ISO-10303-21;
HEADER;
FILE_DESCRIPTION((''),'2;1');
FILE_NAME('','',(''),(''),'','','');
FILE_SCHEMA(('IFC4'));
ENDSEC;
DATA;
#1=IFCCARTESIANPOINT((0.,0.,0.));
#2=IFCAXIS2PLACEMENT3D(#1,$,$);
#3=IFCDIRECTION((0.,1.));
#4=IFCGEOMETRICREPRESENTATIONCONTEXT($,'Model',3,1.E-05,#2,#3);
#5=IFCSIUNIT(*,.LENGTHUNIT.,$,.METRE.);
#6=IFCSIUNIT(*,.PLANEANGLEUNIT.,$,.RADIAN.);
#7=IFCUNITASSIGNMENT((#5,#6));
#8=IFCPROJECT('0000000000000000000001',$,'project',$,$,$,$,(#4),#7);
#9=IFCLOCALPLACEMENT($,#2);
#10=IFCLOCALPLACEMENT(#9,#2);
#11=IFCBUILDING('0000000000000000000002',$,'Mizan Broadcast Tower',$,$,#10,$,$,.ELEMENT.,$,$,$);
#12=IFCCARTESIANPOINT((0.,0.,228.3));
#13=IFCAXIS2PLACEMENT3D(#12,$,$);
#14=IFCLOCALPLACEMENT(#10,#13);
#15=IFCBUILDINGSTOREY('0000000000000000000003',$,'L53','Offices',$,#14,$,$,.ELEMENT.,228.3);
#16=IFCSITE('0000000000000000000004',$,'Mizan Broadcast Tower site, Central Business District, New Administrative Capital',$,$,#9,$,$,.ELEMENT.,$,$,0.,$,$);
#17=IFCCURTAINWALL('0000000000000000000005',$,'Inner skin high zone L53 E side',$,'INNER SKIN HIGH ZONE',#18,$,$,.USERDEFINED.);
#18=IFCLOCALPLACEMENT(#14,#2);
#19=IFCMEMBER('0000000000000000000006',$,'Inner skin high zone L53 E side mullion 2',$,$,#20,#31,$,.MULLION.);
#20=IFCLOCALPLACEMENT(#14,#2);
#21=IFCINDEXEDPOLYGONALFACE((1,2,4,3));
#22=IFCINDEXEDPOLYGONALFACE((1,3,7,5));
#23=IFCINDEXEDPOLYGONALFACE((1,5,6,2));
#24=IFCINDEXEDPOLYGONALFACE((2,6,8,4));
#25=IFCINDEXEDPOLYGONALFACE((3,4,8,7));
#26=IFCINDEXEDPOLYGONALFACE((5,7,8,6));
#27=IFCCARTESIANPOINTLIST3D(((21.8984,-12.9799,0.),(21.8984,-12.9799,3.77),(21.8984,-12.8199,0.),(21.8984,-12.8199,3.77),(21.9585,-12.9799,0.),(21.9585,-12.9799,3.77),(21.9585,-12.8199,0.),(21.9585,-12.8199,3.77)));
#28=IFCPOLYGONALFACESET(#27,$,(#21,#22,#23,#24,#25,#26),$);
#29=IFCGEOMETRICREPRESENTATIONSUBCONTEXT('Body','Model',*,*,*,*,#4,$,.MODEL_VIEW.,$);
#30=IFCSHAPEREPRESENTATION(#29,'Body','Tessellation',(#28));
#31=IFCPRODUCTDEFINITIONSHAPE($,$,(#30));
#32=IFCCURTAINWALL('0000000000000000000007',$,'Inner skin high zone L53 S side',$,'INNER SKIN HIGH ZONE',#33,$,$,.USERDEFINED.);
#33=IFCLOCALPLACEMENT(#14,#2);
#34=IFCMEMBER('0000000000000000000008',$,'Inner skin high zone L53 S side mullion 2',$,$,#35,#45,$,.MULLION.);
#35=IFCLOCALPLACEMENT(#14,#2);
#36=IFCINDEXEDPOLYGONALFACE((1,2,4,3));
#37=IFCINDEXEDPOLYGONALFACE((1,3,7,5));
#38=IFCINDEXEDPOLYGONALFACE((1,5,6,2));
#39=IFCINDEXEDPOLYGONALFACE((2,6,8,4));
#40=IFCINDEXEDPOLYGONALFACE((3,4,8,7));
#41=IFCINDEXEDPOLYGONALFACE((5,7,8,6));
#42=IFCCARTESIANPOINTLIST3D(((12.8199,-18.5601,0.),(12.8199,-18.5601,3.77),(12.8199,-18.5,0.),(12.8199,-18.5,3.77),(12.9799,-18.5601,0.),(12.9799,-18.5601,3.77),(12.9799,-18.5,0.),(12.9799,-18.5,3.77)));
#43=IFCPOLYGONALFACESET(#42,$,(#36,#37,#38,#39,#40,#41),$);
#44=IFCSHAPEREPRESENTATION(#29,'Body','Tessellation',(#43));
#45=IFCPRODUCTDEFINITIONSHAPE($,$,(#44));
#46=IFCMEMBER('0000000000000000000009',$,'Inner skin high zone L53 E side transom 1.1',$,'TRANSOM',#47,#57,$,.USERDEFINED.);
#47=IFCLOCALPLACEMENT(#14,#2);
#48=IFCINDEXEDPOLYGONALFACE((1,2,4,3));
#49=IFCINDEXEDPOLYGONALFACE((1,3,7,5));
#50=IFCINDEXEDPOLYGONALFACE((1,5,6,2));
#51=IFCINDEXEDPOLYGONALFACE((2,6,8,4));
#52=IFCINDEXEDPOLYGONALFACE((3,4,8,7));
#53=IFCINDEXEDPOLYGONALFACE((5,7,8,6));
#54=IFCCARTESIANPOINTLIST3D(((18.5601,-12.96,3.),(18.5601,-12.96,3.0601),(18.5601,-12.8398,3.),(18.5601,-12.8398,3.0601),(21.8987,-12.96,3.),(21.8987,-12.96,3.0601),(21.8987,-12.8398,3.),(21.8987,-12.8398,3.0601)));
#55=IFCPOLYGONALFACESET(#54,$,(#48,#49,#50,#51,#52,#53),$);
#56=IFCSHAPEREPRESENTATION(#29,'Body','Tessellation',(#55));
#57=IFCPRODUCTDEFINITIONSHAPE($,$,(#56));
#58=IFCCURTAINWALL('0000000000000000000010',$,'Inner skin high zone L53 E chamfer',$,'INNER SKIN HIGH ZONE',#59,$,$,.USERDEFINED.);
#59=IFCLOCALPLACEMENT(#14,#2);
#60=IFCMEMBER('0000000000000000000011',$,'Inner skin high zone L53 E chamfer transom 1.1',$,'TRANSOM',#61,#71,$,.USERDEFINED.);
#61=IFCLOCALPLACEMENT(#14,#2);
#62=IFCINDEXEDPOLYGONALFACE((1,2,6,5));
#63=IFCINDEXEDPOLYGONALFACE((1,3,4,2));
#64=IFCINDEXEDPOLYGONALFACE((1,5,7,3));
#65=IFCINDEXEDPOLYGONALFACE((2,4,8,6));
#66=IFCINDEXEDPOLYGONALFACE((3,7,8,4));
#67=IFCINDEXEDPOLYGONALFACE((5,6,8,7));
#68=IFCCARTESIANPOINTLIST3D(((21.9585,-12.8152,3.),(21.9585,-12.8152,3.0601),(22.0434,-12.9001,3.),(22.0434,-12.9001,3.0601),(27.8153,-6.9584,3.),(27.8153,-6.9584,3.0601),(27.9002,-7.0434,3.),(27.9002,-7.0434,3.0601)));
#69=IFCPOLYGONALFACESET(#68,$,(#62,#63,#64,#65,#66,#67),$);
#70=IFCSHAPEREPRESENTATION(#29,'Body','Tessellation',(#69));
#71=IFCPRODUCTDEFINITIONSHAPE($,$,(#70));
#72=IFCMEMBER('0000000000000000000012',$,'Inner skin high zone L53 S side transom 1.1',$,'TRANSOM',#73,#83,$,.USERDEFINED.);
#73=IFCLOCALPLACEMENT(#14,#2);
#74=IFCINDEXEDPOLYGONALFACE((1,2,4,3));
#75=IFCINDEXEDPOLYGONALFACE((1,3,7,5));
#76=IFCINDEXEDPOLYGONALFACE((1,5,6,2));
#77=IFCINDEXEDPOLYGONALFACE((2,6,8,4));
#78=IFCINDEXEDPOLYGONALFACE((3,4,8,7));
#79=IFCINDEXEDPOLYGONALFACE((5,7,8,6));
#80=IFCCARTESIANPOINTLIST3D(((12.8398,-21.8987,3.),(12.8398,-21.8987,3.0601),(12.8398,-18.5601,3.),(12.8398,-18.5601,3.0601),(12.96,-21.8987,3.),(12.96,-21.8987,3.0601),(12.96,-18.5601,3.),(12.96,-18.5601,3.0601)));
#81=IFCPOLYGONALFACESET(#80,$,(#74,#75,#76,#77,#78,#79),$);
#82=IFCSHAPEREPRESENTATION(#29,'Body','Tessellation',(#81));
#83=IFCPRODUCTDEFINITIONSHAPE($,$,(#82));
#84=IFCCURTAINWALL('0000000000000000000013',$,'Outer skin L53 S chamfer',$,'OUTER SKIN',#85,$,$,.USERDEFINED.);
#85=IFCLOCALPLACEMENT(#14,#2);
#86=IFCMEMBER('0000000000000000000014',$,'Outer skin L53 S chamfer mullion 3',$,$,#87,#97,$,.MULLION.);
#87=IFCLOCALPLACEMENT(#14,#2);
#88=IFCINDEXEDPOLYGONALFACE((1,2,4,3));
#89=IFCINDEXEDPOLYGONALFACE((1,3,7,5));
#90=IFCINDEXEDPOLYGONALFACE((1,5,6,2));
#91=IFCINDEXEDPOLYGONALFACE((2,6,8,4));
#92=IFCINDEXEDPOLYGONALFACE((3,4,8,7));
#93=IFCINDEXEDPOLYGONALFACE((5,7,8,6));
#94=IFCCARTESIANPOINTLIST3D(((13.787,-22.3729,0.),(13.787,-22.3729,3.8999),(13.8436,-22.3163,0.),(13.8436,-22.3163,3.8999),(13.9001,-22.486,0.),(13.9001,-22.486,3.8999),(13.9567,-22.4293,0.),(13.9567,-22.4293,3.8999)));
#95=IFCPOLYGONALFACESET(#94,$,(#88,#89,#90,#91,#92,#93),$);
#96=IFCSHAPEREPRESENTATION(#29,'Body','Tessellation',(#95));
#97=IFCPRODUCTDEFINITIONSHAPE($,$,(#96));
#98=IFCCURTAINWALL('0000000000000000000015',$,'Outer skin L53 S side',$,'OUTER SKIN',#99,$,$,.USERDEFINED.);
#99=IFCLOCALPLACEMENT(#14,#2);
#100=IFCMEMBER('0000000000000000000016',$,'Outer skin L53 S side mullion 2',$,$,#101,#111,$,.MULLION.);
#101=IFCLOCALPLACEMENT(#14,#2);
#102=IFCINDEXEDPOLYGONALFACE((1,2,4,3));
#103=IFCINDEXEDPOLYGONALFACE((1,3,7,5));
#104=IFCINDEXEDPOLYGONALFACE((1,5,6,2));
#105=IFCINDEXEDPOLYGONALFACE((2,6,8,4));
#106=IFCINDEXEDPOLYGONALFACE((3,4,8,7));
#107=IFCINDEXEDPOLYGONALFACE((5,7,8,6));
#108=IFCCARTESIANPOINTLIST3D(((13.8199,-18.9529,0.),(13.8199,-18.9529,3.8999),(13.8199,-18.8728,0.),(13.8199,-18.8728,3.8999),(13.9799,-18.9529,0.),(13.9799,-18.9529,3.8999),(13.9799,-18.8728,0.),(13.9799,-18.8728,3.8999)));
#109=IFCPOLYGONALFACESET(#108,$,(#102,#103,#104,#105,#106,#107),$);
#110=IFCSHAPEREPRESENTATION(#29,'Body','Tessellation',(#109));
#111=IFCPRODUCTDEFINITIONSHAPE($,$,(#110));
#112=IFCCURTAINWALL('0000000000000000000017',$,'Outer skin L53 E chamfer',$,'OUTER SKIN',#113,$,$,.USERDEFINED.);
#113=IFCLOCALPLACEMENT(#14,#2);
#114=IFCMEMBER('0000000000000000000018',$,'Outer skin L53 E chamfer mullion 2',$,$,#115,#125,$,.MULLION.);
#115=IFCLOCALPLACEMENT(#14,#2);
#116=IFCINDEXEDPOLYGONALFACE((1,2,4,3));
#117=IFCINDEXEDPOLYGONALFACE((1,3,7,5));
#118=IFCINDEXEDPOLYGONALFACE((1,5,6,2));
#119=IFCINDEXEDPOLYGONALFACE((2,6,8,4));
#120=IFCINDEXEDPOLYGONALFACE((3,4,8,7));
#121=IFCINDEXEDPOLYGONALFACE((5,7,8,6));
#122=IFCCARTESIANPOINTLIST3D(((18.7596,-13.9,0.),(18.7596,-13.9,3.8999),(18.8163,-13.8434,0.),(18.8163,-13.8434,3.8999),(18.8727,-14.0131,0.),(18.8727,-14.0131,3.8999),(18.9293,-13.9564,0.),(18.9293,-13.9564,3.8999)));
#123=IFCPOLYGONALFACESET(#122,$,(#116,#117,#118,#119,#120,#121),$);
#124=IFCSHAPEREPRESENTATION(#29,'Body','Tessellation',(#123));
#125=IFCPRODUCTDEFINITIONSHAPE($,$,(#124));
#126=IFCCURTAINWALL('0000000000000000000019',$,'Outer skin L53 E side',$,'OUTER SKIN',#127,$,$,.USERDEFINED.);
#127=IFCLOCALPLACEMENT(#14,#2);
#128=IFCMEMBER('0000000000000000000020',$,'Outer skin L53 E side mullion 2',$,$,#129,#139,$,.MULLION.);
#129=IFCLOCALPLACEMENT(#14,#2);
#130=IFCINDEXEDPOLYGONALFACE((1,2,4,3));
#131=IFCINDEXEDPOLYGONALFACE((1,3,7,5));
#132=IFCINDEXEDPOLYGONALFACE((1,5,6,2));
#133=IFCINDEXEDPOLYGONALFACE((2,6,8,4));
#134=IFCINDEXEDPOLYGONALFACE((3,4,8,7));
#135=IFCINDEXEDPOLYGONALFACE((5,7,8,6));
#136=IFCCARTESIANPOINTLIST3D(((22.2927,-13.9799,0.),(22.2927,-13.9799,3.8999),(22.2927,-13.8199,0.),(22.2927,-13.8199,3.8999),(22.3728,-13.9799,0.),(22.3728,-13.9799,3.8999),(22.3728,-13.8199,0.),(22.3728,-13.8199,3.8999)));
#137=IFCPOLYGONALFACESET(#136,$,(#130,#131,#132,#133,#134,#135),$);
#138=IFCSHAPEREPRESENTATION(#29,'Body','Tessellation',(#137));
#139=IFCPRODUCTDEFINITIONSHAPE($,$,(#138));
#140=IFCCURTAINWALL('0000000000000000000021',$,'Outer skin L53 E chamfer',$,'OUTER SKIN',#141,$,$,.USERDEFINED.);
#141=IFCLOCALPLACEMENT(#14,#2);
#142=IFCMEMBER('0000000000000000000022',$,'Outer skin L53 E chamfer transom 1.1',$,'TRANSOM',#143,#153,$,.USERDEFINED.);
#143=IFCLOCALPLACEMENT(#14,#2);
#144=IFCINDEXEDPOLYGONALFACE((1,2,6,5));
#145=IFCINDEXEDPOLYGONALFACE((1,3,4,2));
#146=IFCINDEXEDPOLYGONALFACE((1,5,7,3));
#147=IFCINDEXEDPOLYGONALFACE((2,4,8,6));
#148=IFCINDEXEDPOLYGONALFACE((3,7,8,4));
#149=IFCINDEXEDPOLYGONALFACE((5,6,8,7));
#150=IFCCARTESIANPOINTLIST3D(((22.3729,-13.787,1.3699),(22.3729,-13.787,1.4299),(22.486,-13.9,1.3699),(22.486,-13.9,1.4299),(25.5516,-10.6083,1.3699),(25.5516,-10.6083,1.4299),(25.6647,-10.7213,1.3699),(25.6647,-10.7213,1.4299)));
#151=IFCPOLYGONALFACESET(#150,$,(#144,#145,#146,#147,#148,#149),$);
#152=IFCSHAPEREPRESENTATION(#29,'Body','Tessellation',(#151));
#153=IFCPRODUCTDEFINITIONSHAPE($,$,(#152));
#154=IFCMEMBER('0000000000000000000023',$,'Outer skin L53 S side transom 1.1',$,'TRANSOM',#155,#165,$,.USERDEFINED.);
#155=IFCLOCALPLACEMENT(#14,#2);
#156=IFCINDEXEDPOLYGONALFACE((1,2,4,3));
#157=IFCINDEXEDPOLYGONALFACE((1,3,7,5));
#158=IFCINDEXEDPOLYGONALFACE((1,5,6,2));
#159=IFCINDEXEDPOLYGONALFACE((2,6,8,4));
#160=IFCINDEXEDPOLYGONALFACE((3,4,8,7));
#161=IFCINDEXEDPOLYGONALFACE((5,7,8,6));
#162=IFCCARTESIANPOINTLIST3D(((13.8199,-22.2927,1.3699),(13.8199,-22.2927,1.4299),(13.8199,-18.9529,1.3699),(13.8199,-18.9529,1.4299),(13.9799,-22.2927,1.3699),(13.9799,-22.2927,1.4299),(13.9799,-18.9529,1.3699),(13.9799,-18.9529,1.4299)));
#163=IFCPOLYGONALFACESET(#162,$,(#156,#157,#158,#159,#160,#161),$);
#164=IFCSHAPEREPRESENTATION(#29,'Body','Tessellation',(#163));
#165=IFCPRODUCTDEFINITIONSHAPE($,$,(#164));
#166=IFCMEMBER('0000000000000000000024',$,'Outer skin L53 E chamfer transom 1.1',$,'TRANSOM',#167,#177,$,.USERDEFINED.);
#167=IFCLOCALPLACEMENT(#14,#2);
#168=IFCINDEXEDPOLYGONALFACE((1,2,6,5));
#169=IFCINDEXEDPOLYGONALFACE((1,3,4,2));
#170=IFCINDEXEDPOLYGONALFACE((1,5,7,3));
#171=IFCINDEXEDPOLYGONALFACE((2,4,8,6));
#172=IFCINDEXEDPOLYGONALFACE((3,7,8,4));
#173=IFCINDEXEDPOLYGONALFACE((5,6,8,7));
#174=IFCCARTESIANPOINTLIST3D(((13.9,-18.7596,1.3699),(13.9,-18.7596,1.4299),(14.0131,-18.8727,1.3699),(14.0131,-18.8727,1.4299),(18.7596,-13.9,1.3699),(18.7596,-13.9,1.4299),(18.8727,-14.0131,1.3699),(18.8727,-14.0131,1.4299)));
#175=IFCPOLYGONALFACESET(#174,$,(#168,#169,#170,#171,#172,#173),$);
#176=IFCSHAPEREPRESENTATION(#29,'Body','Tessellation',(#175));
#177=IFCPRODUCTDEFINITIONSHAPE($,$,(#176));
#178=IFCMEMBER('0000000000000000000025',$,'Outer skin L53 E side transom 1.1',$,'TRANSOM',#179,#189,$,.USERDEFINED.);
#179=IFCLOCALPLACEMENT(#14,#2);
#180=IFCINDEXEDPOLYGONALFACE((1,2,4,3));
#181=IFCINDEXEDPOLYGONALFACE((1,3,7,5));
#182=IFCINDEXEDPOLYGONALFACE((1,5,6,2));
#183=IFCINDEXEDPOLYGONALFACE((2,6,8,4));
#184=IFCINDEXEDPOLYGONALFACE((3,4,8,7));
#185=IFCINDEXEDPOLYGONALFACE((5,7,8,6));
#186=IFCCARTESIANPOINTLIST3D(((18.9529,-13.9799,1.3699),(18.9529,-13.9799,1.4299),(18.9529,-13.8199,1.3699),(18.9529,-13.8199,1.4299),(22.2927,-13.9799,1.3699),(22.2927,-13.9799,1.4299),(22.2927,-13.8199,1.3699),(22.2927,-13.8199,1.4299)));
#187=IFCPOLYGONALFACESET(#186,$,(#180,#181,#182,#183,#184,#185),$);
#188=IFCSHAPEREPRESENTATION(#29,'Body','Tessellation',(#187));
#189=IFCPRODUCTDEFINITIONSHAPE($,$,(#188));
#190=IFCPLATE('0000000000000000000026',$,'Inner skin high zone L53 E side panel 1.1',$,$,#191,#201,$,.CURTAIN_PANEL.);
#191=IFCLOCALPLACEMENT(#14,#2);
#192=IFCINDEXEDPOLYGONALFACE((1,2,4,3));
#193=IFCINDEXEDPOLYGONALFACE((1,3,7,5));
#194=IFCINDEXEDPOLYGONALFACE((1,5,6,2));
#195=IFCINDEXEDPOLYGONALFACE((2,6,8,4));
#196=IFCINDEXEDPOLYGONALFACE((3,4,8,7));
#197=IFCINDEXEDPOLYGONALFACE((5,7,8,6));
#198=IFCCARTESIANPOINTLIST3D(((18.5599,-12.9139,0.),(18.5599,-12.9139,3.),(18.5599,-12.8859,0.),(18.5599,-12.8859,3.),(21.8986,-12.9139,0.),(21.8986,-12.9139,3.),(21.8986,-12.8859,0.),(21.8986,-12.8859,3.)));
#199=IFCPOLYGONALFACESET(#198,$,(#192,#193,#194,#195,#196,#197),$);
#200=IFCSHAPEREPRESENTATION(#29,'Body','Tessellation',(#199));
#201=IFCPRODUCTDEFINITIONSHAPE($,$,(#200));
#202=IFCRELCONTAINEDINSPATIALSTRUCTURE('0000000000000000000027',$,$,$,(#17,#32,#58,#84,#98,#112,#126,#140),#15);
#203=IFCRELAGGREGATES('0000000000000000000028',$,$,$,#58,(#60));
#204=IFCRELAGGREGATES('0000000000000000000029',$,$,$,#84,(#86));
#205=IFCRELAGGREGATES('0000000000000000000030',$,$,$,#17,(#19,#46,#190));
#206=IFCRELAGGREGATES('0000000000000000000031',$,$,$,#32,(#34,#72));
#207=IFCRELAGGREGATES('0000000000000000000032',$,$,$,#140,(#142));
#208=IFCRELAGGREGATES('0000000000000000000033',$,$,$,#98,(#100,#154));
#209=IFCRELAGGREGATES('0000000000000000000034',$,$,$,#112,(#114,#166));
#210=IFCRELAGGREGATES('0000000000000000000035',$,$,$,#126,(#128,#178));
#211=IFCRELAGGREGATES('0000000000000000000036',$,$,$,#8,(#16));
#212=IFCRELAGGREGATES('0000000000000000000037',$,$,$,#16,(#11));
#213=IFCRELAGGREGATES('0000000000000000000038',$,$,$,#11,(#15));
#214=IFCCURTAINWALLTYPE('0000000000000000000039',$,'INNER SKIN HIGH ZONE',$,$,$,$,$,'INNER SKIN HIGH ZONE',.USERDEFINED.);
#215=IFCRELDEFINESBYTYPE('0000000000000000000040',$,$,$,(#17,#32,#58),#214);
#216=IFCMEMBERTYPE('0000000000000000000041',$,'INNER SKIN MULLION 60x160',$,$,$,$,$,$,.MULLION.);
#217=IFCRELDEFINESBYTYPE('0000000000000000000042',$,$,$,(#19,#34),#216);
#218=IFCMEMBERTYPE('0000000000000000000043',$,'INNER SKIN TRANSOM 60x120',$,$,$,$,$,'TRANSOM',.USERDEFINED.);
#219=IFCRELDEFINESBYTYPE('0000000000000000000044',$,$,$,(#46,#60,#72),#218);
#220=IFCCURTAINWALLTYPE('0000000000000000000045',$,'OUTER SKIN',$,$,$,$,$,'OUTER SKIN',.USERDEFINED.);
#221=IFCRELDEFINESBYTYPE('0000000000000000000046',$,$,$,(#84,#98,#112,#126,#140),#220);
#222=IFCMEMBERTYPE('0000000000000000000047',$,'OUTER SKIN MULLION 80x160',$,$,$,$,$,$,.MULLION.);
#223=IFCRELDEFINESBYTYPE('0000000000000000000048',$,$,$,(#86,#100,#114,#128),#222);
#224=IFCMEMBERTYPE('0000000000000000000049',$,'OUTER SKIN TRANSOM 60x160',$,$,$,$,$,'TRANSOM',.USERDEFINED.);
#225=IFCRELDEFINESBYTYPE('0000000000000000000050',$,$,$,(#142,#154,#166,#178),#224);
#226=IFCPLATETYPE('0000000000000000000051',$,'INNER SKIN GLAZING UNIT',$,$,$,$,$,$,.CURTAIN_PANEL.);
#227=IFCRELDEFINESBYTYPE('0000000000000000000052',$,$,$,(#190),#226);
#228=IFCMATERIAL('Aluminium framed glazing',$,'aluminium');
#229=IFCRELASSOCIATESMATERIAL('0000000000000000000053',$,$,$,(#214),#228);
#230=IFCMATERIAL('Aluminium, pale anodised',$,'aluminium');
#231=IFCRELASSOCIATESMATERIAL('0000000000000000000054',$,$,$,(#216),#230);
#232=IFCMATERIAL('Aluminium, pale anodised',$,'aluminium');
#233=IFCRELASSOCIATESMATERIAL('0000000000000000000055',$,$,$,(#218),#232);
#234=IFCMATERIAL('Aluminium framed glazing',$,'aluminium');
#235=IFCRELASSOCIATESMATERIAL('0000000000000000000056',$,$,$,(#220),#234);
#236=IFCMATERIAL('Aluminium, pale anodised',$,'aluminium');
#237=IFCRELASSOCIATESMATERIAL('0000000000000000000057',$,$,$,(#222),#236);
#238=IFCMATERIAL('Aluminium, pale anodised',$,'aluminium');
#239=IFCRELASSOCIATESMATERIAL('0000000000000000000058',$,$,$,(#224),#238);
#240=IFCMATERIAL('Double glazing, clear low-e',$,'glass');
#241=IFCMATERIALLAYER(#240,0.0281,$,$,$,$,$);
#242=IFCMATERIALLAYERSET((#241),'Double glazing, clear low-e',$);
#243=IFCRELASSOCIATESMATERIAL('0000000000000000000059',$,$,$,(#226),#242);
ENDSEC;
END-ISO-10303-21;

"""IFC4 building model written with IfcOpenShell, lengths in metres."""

from ifc_helpers import new_model, si_unit, direction, frame, origin, origin_2d, place, context, subcontext, project, spatial, rectangle, extrude, material, layer, layer_set, material_profile, profile_set, type_object, element, aggregate, save


model = new_model("IFC4")

# Units and contexts
model_context = context("Model", 3, precision=1e-05, world=origin(), true_north=direction((0.0, 1.0)))
body_context = subcontext(model_context, "Body", "Model", "MODEL_VIEW")
ifc_project = project(units=[si_unit("LENGTHUNIT", "METRE"), si_unit("PLANEANGLEUNIT", "RADIAN")], contexts=[model_context])

# Site, building, storey
site_placement = place(None, origin())
site = spatial("IfcSite", under=ifc_project, at=site_placement, Name="Mizan Broadcast Tower site, Central Business District, New Administrative Capital", CompositionType="ELEMENT", RefElevation=0.0)
building_placement = place(site_placement, origin())
building = spatial("IfcBuilding", under=site, at=building_placement, Name="Mizan Broadcast Tower", CompositionType="ELEMENT")
storey_placement = place(building_placement, frame((0.0, 0.0, 228.3)))
storey = spatial("IfcBuildingStorey", under=building, at=storey_placement, Name="L53", Description="Offices", CompositionType="ELEMENT", Elevation=228.3)

# Curtain walls, members
ifc_material_1 = material(Name="Aluminium framed glazing", Category="aluminium")
curtain_wall_type_1 = type_object("IfcCurtainWallType", Name="INNER SKIN HIGH ZONE", ElementType="INNER SKIN HIGH ZONE", PredefinedType="USERDEFINED", material=ifc_material_1)
curtain_wall_1_placement = place(storey_placement, origin())
curtain_wall_1 = element("IfcCurtainWall", 1, at=curtain_wall_1_placement, inside=storey, type_object=curtain_wall_type_1, Name="Inner skin high zone L53 E side", ObjectType="INNER SKIN HIGH ZONE", PredefinedType="USERDEFINED")
ifc_material_2 = material(Name="Aluminium, pale anodised", Category="aluminium")
ifc_material_profile_1 = material_profile(ifc_material_2, rectangle(XDim=0.1599, YDim=0.0601, at=origin_2d()), Name="MULLION 160x60")
ifc_profile_set_1 = profile_set([ifc_material_profile_1], Name="Aluminium, pale anodised")
member_type_1 = type_object("IfcMemberType", Name="INNER SKIN MULLION 60x160", PredefinedType="MULLION", material=ifc_profile_set_1)
member_1_placement = place(storey_placement, frame((21.9285, -12.8999, 0.0), z_axis=(0.0, 0.0, 1.0), x_axis=(0.0, 1.0, 0.0)))
member_1 = element("IfcMember", 2, at=member_1_placement, type_object=member_type_1, Name="Inner skin high zone L53 E side mullion 2", PredefinedType="MULLION", context=body_context, shape_type="SweptSolid", body=[
    extrude(rectangle(XDim=0.1599, YDim=0.0601, at=origin_2d()), origin(), (0.0, 0.0, 1.0), 3.77),
])
curtain_wall_2_placement = place(storey_placement, origin())
curtain_wall_2 = element("IfcCurtainWall", 3, at=curtain_wall_2_placement, inside=storey, type_object=curtain_wall_type_1, Name="Inner skin high zone L53 S side", ObjectType="INNER SKIN HIGH ZONE", PredefinedType="USERDEFINED")
member_2_placement = place(storey_placement, frame((12.8999, -18.53, 0.0), z_axis=(0.0, 0.0, 1.0), x_axis=(-1.0, 0.0, 0.0)))
member_2 = element("IfcMember", 4, at=member_2_placement, type_object=member_type_1, Name="Inner skin high zone L53 S side mullion 2", PredefinedType="MULLION", context=body_context, shape_type="SweptSolid", body=[
    extrude(rectangle(XDim=0.1599, YDim=0.0601, at=origin_2d()), origin(), (0.0, 0.0, 1.0), 3.77),
])

# Member
ifc_material_3 = material(Name="Aluminium, pale anodised", Category="aluminium")
ifc_material_profile_2 = material_profile(ifc_material_3, rectangle(XDim=0.1201, YDim=0.0601, at=origin_2d()), Name="TRANSOM 120x60")
ifc_profile_set_2 = profile_set([ifc_material_profile_2], Name="Aluminium, pale anodised")
member_type_2 = type_object("IfcMemberType", Name="INNER SKIN TRANSOM 60x120", ElementType="TRANSOM", PredefinedType="USERDEFINED", material=ifc_profile_set_2)
member_3_placement = place(storey_placement, frame((18.5601, -12.8999, 3.03), z_axis=(1.0, 0.0, 0.0), x_axis=(0.0, 1.0, 0.0)))
member_3 = element("IfcMember", 5, at=member_3_placement, type_object=member_type_2, Name="Inner skin high zone L53 E side transom 1.1", ObjectType="TRANSOM", PredefinedType="USERDEFINED", context=body_context, shape_type="SweptSolid", body=[
    extrude(rectangle(XDim=0.1201, YDim=0.0601, at=origin_2d()), origin(), (0.0, 0.0, 1.0), 3.3386),
])

# Curtain wall, member
curtain_wall_3_placement = place(storey_placement, origin())
curtain_wall_3 = element("IfcCurtainWall", 6, at=curtain_wall_3_placement, inside=storey, type_object=curtain_wall_type_1, Name="Inner skin high zone L53 E chamfer", ObjectType="INNER SKIN HIGH ZONE", PredefinedType="USERDEFINED")
member_4_placement = place(storey_placement, frame((22.001, -12.8577, 3.03), z_axis=(0.707107, 0.707107, 0.0), x_axis=(-0.707107, 0.707107, 0.0)))
member_4 = element("IfcMember", 7, at=member_4_placement, type_object=member_type_2, Name="Inner skin high zone L53 E chamfer transom 1.1", ObjectType="TRANSOM", PredefinedType="USERDEFINED", context=body_context, shape_type="SweptSolid", body=[
    extrude(rectangle(XDim=0.1201, YDim=0.0601, at=origin_2d()), origin(), (0.0, 0.0, 1.0), 8.2827),
])
aggregate(curtain_wall_3, [member_4])

# Member
member_5_placement = place(storey_placement, frame((12.8999, -21.8987, 3.03), z_axis=(0.0, 1.0, 0.0), x_axis=(-1.0, 0.0, 0.0)))
member_5 = element("IfcMember", 8, at=member_5_placement, type_object=member_type_2, Name="Inner skin high zone L53 S side transom 1.1", ObjectType="TRANSOM", PredefinedType="USERDEFINED", context=body_context, shape_type="SweptSolid", body=[
    extrude(rectangle(XDim=0.1201, YDim=0.0601, at=origin_2d()), origin(), (0.0, 0.0, 1.0), 3.3386),
])

# Curtain walls, members
ifc_material_4 = material(Name="Aluminium framed glazing", Category="aluminium")
curtain_wall_type_2 = type_object("IfcCurtainWallType", Name="OUTER SKIN", ElementType="OUTER SKIN", PredefinedType="USERDEFINED", material=ifc_material_4)
curtain_wall_4_placement = place(storey_placement, origin())
curtain_wall_4 = element("IfcCurtainWall", 9, at=curtain_wall_4_placement, inside=storey, type_object=curtain_wall_type_2, Name="Outer skin L53 S chamfer", ObjectType="OUTER SKIN", PredefinedType="USERDEFINED")
ifc_material_5 = material(Name="Aluminium, pale anodised", Category="aluminium")
ifc_material_profile_3 = material_profile(ifc_material_5, rectangle(XDim=0.1599, YDim=0.0801, at=origin_2d()), Name="MULLION 160x80")
ifc_profile_set_3 = profile_set([ifc_material_profile_3], Name="Aluminium, pale anodised")
member_type_3 = type_object("IfcMemberType", Name="OUTER SKIN MULLION 80x160", PredefinedType="MULLION", material=ifc_profile_set_3)
member_6_placement = place(storey_placement, frame((13.8718, -22.4011, 0.0), z_axis=(0.0, 0.0, 1.0), x_axis=(-0.707107, 0.707107, 0.0)))
member_6 = element("IfcMember", 10, at=member_6_placement, type_object=member_type_3, Name="Outer skin L53 S chamfer mullion 3", PredefinedType="MULLION", context=body_context, shape_type="SweptSolid", body=[
    extrude(rectangle(XDim=0.1599, YDim=0.0801, at=origin_2d()), origin(), (0.0, 0.0, 1.0), 3.8999),
])
aggregate(curtain_wall_4, [member_6])
curtain_wall_5_placement = place(storey_placement, origin())
curtain_wall_5 = element("IfcCurtainWall", 11, at=curtain_wall_5_placement, inside=storey, type_object=curtain_wall_type_2, Name="Outer skin L53 S side", ObjectType="OUTER SKIN", PredefinedType="USERDEFINED")
member_7_placement = place(storey_placement, frame((13.8999, -18.9128, 0.0), z_axis=(0.0, 0.0, 1.0), x_axis=(-1.0, 0.0, 0.0)))
member_7 = element("IfcMember", 12, at=member_7_placement, type_object=member_type_3, Name="Outer skin L53 S side mullion 2", PredefinedType="MULLION", context=body_context, shape_type="SweptSolid", body=[
    extrude(rectangle(XDim=0.1599, YDim=0.0801, at=origin_2d()), origin(), (0.0, 0.0, 1.0), 3.8999),
])
curtain_wall_6_placement = place(storey_placement, origin())
curtain_wall_6 = element("IfcCurtainWall", 13, at=curtain_wall_6_placement, inside=storey, type_object=curtain_wall_type_2, Name="Outer skin L53 E chamfer", ObjectType="OUTER SKIN", PredefinedType="USERDEFINED")
member_8_placement = place(storey_placement, frame((18.8445, -13.9282, 0.0), z_axis=(0.0, 0.0, 1.0), x_axis=(-0.707107, 0.707107, 0.0)))
member_8 = element("IfcMember", 14, at=member_8_placement, type_object=member_type_3, Name="Outer skin L53 E chamfer mullion 2", PredefinedType="MULLION", context=body_context, shape_type="SweptSolid", body=[
    extrude(rectangle(XDim=0.1599, YDim=0.0801, at=origin_2d()), origin(), (0.0, 0.0, 1.0), 3.8999),
])
curtain_wall_7_placement = place(storey_placement, origin())
curtain_wall_7 = element("IfcCurtainWall", 15, at=curtain_wall_7_placement, inside=storey, type_object=curtain_wall_type_2, Name="Outer skin L53 E side", ObjectType="OUTER SKIN", PredefinedType="USERDEFINED")
member_9_placement = place(storey_placement, frame((22.3328, -13.8999, 0.0), z_axis=(0.0, 0.0, 1.0), x_axis=(0.0, 1.0, 0.0)))
member_9 = element("IfcMember", 16, at=member_9_placement, type_object=member_type_3, Name="Outer skin L53 E side mullion 2", PredefinedType="MULLION", context=body_context, shape_type="SweptSolid", body=[
    extrude(rectangle(XDim=0.1599, YDim=0.0801, at=origin_2d()), origin(), (0.0, 0.0, 1.0), 3.8999),
])
curtain_wall_8_placement = place(storey_placement, origin())
curtain_wall_8 = element("IfcCurtainWall", 17, at=curtain_wall_8_placement, inside=storey, type_object=curtain_wall_type_2, Name="Outer skin L53 E chamfer", ObjectType="OUTER SKIN", PredefinedType="USERDEFINED")
ifc_material_6 = material(Name="Aluminium, pale anodised", Category="aluminium")
ifc_material_profile_4 = material_profile(ifc_material_6, rectangle(XDim=0.1599, YDim=0.0601, at=origin_2d()), Name="TRANSOM 160x60")
ifc_profile_set_4 = profile_set([ifc_material_profile_4], Name="Aluminium, pale anodised")
member_type_4 = type_object("IfcMemberType", Name="OUTER SKIN TRANSOM 60x160", ElementType="TRANSOM", PredefinedType="USERDEFINED", material=ifc_profile_set_4)
member_10_placement = place(storey_placement, frame((22.4294, -13.8435, 1.3999), z_axis=(0.707107, 0.707107, 0.0), x_axis=(-0.707107, 0.707107, 0.0)))
member_10 = element("IfcMember", 18, at=member_10_placement, type_object=member_type_4, Name="Outer skin L53 E chamfer transom 1.1", ObjectType="TRANSOM", PredefinedType="USERDEFINED", context=body_context, shape_type="SweptSolid", body=[
    extrude(rectangle(XDim=0.1599, YDim=0.0601, at=origin_2d()), origin(), (0.0, 0.0, 1.0), 4.4954),
])

# Members
member_11_placement = place(storey_placement, frame((13.8999, -22.2927, 1.3999), z_axis=(0.0, 1.0, 0.0), x_axis=(-1.0, 0.0, 0.0)))
member_11 = element("IfcMember", 19, at=member_11_placement, type_object=member_type_4, Name="Outer skin L53 S side transom 1.1", ObjectType="TRANSOM", PredefinedType="USERDEFINED", context=body_context, shape_type="SweptSolid", body=[
    extrude(rectangle(XDim=0.1599, YDim=0.0601, at=origin_2d()), origin(), (0.0, 0.0, 1.0), 3.3398),
])
member_12_placement = place(storey_placement, frame((13.9565, -18.8162, 1.3999), z_axis=(0.707107, 0.707107, 0.0), x_axis=(-0.707107, 0.707107, 0.0)))
member_12 = element("IfcMember", 20, at=member_12_placement, type_object=member_type_4, Name="Outer skin L53 E chamfer transom 1.1", ObjectType="TRANSOM", PredefinedType="USERDEFINED", context=body_context, shape_type="SweptSolid", body=[
    extrude(rectangle(XDim=0.1599, YDim=0.0601, at=origin_2d()), origin(), (0.0, 0.0, 1.0), 6.8726),
])
member_13_placement = place(storey_placement, frame((18.9529, -13.8999, 1.3999), z_axis=(1.0, 0.0, 0.0), x_axis=(0.0, 1.0, 0.0)))
member_13 = element("IfcMember", 21, at=member_13_placement, type_object=member_type_4, Name="Outer skin L53 E side transom 1.1", ObjectType="TRANSOM", PredefinedType="USERDEFINED", context=body_context, shape_type="SweptSolid", body=[
    extrude(rectangle(XDim=0.1599, YDim=0.0601, at=origin_2d()), origin(), (0.0, 0.0, 1.0), 3.3398),
])

# Plate
ifc_material_7 = material(Name="Double glazing, clear low-e", Category="glass")
ifc_layer_1 = layer(ifc_material_7, 0.0281)
ifc_layer_set_1 = layer_set([ifc_layer_1], Name="Double glazing, clear low-e")
plate_type_1 = type_object("IfcPlateType", Name="INNER SKIN GLAZING UNIT", PredefinedType="CURTAIN_PANEL", material=ifc_layer_set_1)
plate_1_placement = place(storey_placement, frame((20.2292, -12.8999, 0.0), z_axis=(0.0, 0.0, 1.0), x_axis=(1.0, 0.0, 0.0)))
plate_1 = element("IfcPlate", 22, at=plate_1_placement, type_object=plate_type_1, Name="Inner skin high zone L53 E side panel 1.1", PredefinedType="CURTAIN_PANEL", context=body_context, shape_type="SweptSolid", body=[
    extrude(rectangle(XDim=3.3386, YDim=0.0281, at=origin_2d()), origin(), (0.0, 0.0, 1.0), 3.0),
])
aggregate(curtain_wall_1, [member_1, member_3, plate_1])
aggregate(curtain_wall_2, [member_2, member_5])
aggregate(curtain_wall_8, [member_10])
aggregate(curtain_wall_5, [member_7, member_11])
aggregate(curtain_wall_6, [member_8, member_12])
aggregate(curtain_wall_7, [member_9, member_13])

save(model, "model.ifc")
